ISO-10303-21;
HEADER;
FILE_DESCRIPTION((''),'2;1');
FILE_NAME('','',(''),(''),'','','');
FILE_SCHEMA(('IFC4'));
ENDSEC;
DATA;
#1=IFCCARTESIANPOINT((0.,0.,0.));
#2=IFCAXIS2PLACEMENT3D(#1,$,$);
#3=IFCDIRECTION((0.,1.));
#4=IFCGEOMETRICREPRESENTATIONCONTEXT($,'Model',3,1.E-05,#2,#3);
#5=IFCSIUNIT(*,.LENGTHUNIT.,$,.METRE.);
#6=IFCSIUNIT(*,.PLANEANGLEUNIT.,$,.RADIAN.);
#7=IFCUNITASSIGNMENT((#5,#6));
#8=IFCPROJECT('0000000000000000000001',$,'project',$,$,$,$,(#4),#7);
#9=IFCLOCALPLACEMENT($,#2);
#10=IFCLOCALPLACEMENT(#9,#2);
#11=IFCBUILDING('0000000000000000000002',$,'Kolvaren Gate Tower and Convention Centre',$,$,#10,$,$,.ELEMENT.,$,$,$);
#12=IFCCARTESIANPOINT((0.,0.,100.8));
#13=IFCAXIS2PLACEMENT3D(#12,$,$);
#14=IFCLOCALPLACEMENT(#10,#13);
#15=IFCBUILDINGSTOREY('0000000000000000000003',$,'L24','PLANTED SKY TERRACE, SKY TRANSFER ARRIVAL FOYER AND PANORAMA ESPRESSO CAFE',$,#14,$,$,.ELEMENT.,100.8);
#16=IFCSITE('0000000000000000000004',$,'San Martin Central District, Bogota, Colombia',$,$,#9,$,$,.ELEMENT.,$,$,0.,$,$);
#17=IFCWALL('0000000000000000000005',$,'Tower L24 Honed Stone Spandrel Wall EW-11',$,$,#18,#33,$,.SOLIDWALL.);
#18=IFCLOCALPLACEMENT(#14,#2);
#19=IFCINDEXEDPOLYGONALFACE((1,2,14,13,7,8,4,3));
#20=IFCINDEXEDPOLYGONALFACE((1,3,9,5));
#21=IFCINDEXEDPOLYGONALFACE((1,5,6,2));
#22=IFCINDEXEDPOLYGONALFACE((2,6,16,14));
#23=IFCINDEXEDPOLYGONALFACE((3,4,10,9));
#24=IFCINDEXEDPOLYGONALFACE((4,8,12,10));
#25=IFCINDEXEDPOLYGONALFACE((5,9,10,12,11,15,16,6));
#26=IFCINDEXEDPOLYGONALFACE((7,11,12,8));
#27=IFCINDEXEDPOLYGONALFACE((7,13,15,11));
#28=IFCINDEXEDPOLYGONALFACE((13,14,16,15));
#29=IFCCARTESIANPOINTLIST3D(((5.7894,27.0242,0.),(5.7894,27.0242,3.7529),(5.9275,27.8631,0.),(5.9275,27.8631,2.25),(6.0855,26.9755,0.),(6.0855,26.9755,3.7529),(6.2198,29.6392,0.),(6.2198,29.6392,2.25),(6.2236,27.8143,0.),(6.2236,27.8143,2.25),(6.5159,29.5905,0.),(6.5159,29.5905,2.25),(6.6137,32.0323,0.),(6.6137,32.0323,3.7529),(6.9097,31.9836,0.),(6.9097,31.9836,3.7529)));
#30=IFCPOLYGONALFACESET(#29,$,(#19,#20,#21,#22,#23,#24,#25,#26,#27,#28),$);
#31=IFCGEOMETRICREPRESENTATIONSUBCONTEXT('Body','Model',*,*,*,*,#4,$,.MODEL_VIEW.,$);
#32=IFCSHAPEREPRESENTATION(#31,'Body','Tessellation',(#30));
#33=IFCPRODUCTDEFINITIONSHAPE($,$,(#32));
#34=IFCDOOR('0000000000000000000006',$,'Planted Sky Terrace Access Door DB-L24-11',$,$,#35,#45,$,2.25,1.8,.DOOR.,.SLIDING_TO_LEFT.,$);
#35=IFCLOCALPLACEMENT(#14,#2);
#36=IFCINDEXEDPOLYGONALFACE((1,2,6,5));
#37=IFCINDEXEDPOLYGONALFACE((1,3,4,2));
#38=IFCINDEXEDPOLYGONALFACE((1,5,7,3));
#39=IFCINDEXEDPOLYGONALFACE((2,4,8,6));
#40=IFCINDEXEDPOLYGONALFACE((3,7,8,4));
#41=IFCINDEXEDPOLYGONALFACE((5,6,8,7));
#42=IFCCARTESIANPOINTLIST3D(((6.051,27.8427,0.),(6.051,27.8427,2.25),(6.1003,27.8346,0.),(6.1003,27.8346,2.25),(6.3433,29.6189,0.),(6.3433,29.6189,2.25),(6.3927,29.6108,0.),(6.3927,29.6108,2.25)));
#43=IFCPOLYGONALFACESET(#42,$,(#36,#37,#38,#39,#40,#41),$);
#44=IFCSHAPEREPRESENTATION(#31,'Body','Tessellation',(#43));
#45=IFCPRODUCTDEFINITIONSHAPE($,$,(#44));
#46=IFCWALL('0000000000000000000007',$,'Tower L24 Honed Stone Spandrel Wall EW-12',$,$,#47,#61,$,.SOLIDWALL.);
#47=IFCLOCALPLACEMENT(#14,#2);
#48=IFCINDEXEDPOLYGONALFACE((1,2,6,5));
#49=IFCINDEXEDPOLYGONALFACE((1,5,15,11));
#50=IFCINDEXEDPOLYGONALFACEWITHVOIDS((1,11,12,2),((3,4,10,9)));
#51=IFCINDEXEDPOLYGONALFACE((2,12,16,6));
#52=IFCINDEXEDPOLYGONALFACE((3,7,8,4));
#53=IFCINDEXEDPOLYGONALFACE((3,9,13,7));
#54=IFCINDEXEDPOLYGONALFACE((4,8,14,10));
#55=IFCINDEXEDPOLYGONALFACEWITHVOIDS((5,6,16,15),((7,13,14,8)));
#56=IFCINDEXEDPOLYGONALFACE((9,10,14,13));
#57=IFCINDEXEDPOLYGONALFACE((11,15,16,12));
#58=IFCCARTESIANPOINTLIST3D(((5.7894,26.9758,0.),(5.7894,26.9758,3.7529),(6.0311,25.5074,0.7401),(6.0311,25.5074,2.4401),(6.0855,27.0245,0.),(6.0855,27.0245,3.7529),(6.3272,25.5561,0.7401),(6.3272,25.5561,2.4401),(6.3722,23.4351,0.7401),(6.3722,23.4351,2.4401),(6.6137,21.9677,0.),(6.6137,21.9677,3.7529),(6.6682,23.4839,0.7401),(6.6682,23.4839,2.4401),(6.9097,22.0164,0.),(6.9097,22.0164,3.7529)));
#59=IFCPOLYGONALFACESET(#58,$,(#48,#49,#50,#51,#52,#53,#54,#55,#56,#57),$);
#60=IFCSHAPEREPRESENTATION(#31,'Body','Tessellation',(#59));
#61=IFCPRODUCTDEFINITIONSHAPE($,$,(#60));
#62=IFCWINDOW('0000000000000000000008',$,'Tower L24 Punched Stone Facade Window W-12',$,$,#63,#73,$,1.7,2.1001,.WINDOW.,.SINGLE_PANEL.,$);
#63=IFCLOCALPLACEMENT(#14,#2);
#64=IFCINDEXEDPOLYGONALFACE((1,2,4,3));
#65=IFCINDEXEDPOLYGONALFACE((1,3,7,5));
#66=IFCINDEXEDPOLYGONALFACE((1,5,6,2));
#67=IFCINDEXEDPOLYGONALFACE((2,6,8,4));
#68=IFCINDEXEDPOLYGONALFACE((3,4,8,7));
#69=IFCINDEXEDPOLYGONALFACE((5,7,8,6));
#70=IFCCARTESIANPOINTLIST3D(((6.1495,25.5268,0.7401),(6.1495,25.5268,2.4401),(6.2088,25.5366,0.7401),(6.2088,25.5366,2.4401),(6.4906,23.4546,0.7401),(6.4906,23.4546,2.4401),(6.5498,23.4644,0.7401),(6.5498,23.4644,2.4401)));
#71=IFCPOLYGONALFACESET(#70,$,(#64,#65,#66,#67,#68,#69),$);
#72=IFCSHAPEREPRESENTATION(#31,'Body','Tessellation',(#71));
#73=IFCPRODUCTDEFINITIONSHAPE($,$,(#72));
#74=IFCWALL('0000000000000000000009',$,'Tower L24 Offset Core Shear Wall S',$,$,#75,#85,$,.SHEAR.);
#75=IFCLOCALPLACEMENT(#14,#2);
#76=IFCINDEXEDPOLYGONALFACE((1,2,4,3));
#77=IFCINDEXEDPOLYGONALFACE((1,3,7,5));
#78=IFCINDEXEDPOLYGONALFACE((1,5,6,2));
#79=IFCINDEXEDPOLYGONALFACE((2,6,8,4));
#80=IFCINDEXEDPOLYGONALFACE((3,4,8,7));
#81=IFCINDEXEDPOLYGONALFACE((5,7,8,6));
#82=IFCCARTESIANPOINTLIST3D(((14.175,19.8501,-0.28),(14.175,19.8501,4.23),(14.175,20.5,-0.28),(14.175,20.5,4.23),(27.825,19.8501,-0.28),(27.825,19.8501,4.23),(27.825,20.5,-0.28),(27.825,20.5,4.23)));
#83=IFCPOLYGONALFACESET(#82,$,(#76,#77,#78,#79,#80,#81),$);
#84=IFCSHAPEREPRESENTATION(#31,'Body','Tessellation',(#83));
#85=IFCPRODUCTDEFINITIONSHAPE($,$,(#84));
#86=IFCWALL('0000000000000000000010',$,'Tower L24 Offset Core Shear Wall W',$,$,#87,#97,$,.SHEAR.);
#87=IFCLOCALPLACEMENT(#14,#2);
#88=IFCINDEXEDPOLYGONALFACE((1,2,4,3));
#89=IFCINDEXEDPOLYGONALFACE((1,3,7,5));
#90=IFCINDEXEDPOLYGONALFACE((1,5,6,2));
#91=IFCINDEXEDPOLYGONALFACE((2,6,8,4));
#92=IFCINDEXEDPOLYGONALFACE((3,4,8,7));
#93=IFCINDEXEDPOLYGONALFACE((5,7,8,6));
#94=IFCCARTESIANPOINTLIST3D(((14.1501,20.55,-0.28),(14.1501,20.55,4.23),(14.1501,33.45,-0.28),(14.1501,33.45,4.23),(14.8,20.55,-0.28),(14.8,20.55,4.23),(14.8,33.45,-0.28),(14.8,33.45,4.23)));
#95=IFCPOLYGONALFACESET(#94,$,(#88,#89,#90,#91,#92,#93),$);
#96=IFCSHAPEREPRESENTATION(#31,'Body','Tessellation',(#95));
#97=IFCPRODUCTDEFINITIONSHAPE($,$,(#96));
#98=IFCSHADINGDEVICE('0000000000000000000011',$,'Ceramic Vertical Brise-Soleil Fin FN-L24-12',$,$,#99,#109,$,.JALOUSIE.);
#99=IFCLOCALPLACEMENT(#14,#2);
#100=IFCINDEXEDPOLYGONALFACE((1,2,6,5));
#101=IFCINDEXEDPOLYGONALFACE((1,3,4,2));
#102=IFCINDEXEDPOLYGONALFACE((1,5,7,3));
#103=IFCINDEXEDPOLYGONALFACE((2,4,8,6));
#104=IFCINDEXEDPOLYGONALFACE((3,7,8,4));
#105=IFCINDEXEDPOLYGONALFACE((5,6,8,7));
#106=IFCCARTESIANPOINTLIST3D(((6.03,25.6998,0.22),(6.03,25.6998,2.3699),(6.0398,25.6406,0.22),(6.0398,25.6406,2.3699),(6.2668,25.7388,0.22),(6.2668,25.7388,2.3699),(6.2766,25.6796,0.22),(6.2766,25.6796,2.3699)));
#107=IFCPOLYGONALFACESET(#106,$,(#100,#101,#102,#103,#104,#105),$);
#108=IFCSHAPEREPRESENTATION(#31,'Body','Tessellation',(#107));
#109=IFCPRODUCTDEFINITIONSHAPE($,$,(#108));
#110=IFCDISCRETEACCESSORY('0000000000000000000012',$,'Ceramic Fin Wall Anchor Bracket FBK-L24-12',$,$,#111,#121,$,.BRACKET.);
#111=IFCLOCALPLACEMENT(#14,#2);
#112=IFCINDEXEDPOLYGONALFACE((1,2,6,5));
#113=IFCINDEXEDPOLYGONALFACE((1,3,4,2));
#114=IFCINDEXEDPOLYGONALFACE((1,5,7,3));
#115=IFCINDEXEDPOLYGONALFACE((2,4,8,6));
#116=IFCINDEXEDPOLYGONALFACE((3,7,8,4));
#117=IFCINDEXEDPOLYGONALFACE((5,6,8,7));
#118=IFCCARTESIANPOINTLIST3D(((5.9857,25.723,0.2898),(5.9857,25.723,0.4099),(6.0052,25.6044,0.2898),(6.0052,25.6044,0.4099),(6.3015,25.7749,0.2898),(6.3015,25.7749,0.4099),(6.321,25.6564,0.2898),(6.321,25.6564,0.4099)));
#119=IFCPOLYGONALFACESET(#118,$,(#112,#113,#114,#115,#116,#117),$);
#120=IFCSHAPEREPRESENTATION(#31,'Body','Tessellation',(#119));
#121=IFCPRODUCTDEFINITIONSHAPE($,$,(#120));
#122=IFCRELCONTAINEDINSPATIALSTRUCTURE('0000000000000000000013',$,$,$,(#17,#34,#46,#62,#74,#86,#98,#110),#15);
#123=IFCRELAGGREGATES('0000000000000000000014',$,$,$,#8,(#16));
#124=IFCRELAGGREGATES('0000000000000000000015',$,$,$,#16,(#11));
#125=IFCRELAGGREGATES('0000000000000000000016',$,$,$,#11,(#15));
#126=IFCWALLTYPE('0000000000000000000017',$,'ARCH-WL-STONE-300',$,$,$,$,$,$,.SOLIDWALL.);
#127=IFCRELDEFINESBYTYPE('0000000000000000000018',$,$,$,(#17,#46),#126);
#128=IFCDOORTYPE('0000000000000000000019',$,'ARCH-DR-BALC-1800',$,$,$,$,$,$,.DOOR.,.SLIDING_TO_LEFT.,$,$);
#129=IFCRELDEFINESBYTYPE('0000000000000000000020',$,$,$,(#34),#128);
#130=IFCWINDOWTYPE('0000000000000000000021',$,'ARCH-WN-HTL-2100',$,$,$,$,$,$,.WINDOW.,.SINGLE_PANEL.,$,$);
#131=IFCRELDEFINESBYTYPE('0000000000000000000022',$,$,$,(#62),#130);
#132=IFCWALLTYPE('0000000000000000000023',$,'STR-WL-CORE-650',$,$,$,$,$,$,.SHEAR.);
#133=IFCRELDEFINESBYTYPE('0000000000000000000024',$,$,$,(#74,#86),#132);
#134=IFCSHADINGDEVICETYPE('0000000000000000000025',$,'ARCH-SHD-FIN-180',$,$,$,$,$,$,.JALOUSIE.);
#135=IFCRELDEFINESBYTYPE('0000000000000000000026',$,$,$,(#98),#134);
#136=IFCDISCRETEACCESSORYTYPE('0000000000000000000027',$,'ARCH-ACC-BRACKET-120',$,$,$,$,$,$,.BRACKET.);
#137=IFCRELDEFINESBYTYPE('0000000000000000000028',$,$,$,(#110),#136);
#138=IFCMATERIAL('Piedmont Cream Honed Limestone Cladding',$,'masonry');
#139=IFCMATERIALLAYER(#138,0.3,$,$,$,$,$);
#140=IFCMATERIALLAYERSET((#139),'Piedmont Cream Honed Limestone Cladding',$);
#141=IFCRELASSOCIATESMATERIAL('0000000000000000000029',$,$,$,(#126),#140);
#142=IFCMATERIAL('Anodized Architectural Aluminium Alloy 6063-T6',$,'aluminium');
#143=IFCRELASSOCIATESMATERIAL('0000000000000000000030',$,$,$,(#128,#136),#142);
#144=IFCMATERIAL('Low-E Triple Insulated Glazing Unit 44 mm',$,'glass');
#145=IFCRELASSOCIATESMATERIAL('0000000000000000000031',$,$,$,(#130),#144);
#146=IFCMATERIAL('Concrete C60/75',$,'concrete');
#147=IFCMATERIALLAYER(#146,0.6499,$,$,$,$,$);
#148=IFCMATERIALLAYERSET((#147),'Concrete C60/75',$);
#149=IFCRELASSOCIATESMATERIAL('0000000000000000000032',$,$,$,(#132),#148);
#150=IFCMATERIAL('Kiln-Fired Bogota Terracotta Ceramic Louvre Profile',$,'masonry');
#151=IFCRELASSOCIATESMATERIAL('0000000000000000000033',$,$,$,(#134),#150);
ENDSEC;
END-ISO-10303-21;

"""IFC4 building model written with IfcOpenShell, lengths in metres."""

from ifc_helpers import new_model, si_unit, direction, frame, frame_2d, origin, origin_2d, place, context, subcontext, project, spatial, rectangle, extrude, material, layer, layer_set, type_object, element, fill, save


model = new_model("IFC4")

# Units and contexts
model_context = context("Model", 3, precision=1e-05, world=origin(), true_north=direction((0.0, 1.0)))
body_context = subcontext(model_context, "Body", "Model", "MODEL_VIEW")
ifc_project = project(units=[si_unit("LENGTHUNIT", "METRE"), si_unit("PLANEANGLEUNIT", "RADIAN")], contexts=[model_context])

# Site, building, storey
site_placement = place(None, origin())
site = spatial("IfcSite", under=ifc_project, at=site_placement, Name="San Martin Central District, Bogota, Colombia", CompositionType="ELEMENT", RefElevation=0.0)
building_placement = place(site_placement, origin())
building = spatial("IfcBuilding", under=site, at=building_placement, Name="Kolvaren Gate Tower and Convention Centre", CompositionType="ELEMENT")
storey_placement = place(building_placement, frame((0.0, 0.0, 100.8)))
storey = spatial("IfcBuildingStorey", under=building, at=storey_placement, Name="L24", Description="PLANTED SKY TERRACE, SKY TRANSFER ARRIVAL FOYER AND PANORAMA ESPRESSO CAFE", CompositionType="ELEMENT", Elevation=100.8)

# Shared definitions
ifc_material_1 = material(Name="Concrete C60/75", Category="concrete")

# Shared definitions
ifc_material_2 = material(Name="Anodized Architectural Aluminium Alloy 6063-T6", Category="aluminium")

# Shared definitions
ifc_material_3 = material(Name="Low-E Triple Insulated Glazing Unit 44 mm", Category="glass")

# Shared definitions
ifc_material_4 = material(Name="Piedmont Cream Honed Limestone Cladding", Category="masonry")

# Wall, opening, door
ifc_layer_1 = layer(ifc_material_4, 0.3)
ifc_layer_set_1 = layer_set([ifc_layer_1], Name="Piedmont Cream Honed Limestone Cladding")
wall_type_1 = type_object("IfcWallType", Name="ARCH-WL-STONE-300", PredefinedType="SOLIDWALL", material=ifc_layer_set_1)
wall_1_placement = place(storey_placement, frame((5.9375, 27.0, 0.0), z_axis=(0.0, 0.0, 1.0), x_axis=(0.162394, 0.986726, 0.0)))
wall_1 = element("IfcWall", 1, at=wall_1_placement, inside=storey, type_object=wall_type_1, Name="Tower L24 Honed Stone Spandrel Wall EW-11", PredefinedType="SOLIDWALL", context=body_context, shape_type="SweptSolid", body=[
    extrude(rectangle(XDim=5.0754, YDim=0.3, at=frame_2d((2.5376, 0.0))), origin(), (0.0, 0.0, 1.0), 3.7529),
])
opening_1_placement = place(wall_1_placement, frame((0.8501, 0.0, 0.0)))
opening_1 = element("IfcOpeningElement", 2, at=opening_1_placement, cuts=wall_1, PredefinedType="OPENING", context=body_context, shape_type="SweptSolid", body=[
    extrude(rectangle(XDim=1.8, YDim=2.25, at=frame_2d((0.8999, 1.125))), frame((0.0, 0.1599, 0.0), z_axis=(0.0, -1.0, 0.0), x_axis=(1.0, 0.0, 0.0)), (0.0, 0.0, 1.0), 0.3201),
])
door_type = type_object("IfcDoorType", Name="ARCH-DR-BALC-1800", OperationType="SLIDING_TO_LEFT", PredefinedType="DOOR", material=ifc_material_2)
door_placement = place(opening_1_placement, origin())
door = element("IfcDoor", 3, at=door_placement, inside=storey, type_object=door_type, Name="Planted Sky Terrace Access Door DB-L24-11", OperationType="SLIDING_TO_LEFT", OverallHeight=2.25, OverallWidth=1.8, PredefinedType="DOOR", context=body_context, shape_type="SweptSolid", body=[
    extrude(rectangle(XDim=1.8, YDim=2.25, at=frame_2d((0.8999, 1.125))), frame((0.0, 0.0249, 0.0), z_axis=(0.0, -1.0, 0.0), x_axis=(1.0, 0.0, 0.0)), (0.0, 0.0, 1.0), 0.05),
])
fill(opening_1, door)

# Wall, opening, window
wall_2_placement = place(storey_placement, frame((5.9375, 27.0, 0.0), z_axis=(0.0, 0.0, 1.0), x_axis=(0.162394, -0.986726, 0.0)))
wall_2 = element("IfcWall", 4, at=wall_2_placement, inside=storey, type_object=wall_type_1, Name="Tower L24 Honed Stone Spandrel Wall EW-12", PredefinedType="SOLIDWALL", context=body_context, shape_type="SweptSolid", body=[
    extrude(rectangle(XDim=5.0754, YDim=0.3, at=frame_2d((2.5376, 0.0))), origin(), (0.0, 0.0, 1.0), 3.7529),
])
opening_2_placement = place(wall_2_placement, frame((1.488, 0.0, 0.74)))
opening_2 = element("IfcOpeningElement", 5, at=opening_2_placement, cuts=wall_2, PredefinedType="OPENING", context=body_context, shape_type="SweptSolid", body=[
    extrude(rectangle(XDim=2.1001, YDim=1.7, at=frame_2d((1.05, 0.8501))), frame((0.0, 0.1599, 0.0), z_axis=(0.0, -1.0, 0.0), x_axis=(1.0, 0.0, 0.0)), (0.0, 0.0, 1.0), 0.3201),
])
window_type = type_object("IfcWindowType", Name="ARCH-WN-HTL-2100", PartitioningType="SINGLE_PANEL", PredefinedType="WINDOW", material=ifc_material_3)
window_placement = place(opening_2_placement, origin())
window = element("IfcWindow", 6, at=window_placement, inside=storey, type_object=window_type, Name="Tower L24 Punched Stone Facade Window W-12", OverallHeight=1.7, OverallWidth=2.1001, PartitioningType="SINGLE_PANEL", PredefinedType="WINDOW", context=body_context, shape_type="SweptSolid", body=[
    extrude(rectangle(XDim=2.1001, YDim=1.7, at=frame_2d((1.05, 0.8501))), frame((0.0, 0.03, 0.0), z_axis=(0.0, -1.0, 0.0), x_axis=(1.0, 0.0, 0.0)), (0.0, 0.0, 1.0), 0.0601),
])
fill(opening_2, window)

# Walls
ifc_layer_2 = layer(ifc_material_1, 0.6499)
ifc_layer_set_2 = layer_set([ifc_layer_2], Name="Concrete C60/75")
wall_type_2 = type_object("IfcWallType", Name="STR-WL-CORE-650", PredefinedType="SHEAR", material=ifc_layer_set_2)
wall_3_placement = place(storey_placement, frame((14.175, 20.175, -0.28), z_axis=(0.0, 0.0, 1.0), x_axis=(1.0, 0.0, 0.0)))
element("IfcWall", 7, at=wall_3_placement, inside=storey, type_object=wall_type_2, Name="Tower L24 Offset Core Shear Wall S", PredefinedType="SHEAR", context=body_context, shape_type="SweptSolid", body=[
    extrude(rectangle(XDim=13.6499, YDim=0.6499, at=frame_2d((6.825, 0.0))), origin(), (0.0, 0.0, 1.0), 4.51),
])
wall_4_placement = place(storey_placement, frame((14.4751, 20.55, -0.28), z_axis=(0.0, 0.0, 1.0), x_axis=(0.0, 1.0, 0.0)))
element("IfcWall", 8, at=wall_4_placement, inside=storey, type_object=wall_type_2, Name="Tower L24 Offset Core Shear Wall W", PredefinedType="SHEAR", context=body_context, shape_type="SweptSolid", body=[
    extrude(rectangle(XDim=12.8999, YDim=0.6499, at=frame_2d((6.45, 0.0))), origin(), (0.0, 0.0, 1.0), 4.51),
])

# Shading device
ifc_material_5 = material(Name="Kiln-Fired Bogota Terracotta Ceramic Louvre Profile", Category="masonry")
shading_device_type = type_object("IfcShadingDeviceType", Name="ARCH-SHD-FIN-180", PredefinedType="JALOUSIE", material=ifc_material_5)
shading_device_placement = place(storey_placement, frame((6.1533, 25.6897, 0.22), z_axis=(0.0, 0.0, 1.0), x_axis=(0.162389, -0.986727, 0.0)))
element("IfcShadingDevice", 9, at=shading_device_placement, inside=storey, type_object=shading_device_type, Name="Ceramic Vertical Brise-Soleil Fin FN-L24-12", PredefinedType="JALOUSIE", context=body_context, shape_type="SweptSolid", body=[
    extrude(rectangle(XDim=0.0601, YDim=0.24, at=origin_2d()), origin(), (0.0, 0.0, 1.0), 2.1499),
])

# Discrete accessory
discrete_accessory_type = type_object("IfcDiscreteAccessoryType", Name="ARCH-ACC-BRACKET-120", PredefinedType="BRACKET", material=ifc_material_2)
discrete_accessory_placement = place(storey_placement, frame((6.1533, 25.6897, 0.2898), z_axis=(0.0, 0.0, 1.0), x_axis=(0.162389, -0.986727, 0.0)))
element("IfcDiscreteAccessory", 10, at=discrete_accessory_placement, inside=storey, type_object=discrete_accessory_type, Name="Ceramic Fin Wall Anchor Bracket FBK-L24-12", PredefinedType="BRACKET", context=body_context, shape_type="SweptSolid", body=[
    extrude(rectangle(XDim=0.1201, YDim=0.3201, at=origin_2d()), origin(), (0.0, 0.0, 1.0), 0.1201),
])

save(model, "model.ifc")
